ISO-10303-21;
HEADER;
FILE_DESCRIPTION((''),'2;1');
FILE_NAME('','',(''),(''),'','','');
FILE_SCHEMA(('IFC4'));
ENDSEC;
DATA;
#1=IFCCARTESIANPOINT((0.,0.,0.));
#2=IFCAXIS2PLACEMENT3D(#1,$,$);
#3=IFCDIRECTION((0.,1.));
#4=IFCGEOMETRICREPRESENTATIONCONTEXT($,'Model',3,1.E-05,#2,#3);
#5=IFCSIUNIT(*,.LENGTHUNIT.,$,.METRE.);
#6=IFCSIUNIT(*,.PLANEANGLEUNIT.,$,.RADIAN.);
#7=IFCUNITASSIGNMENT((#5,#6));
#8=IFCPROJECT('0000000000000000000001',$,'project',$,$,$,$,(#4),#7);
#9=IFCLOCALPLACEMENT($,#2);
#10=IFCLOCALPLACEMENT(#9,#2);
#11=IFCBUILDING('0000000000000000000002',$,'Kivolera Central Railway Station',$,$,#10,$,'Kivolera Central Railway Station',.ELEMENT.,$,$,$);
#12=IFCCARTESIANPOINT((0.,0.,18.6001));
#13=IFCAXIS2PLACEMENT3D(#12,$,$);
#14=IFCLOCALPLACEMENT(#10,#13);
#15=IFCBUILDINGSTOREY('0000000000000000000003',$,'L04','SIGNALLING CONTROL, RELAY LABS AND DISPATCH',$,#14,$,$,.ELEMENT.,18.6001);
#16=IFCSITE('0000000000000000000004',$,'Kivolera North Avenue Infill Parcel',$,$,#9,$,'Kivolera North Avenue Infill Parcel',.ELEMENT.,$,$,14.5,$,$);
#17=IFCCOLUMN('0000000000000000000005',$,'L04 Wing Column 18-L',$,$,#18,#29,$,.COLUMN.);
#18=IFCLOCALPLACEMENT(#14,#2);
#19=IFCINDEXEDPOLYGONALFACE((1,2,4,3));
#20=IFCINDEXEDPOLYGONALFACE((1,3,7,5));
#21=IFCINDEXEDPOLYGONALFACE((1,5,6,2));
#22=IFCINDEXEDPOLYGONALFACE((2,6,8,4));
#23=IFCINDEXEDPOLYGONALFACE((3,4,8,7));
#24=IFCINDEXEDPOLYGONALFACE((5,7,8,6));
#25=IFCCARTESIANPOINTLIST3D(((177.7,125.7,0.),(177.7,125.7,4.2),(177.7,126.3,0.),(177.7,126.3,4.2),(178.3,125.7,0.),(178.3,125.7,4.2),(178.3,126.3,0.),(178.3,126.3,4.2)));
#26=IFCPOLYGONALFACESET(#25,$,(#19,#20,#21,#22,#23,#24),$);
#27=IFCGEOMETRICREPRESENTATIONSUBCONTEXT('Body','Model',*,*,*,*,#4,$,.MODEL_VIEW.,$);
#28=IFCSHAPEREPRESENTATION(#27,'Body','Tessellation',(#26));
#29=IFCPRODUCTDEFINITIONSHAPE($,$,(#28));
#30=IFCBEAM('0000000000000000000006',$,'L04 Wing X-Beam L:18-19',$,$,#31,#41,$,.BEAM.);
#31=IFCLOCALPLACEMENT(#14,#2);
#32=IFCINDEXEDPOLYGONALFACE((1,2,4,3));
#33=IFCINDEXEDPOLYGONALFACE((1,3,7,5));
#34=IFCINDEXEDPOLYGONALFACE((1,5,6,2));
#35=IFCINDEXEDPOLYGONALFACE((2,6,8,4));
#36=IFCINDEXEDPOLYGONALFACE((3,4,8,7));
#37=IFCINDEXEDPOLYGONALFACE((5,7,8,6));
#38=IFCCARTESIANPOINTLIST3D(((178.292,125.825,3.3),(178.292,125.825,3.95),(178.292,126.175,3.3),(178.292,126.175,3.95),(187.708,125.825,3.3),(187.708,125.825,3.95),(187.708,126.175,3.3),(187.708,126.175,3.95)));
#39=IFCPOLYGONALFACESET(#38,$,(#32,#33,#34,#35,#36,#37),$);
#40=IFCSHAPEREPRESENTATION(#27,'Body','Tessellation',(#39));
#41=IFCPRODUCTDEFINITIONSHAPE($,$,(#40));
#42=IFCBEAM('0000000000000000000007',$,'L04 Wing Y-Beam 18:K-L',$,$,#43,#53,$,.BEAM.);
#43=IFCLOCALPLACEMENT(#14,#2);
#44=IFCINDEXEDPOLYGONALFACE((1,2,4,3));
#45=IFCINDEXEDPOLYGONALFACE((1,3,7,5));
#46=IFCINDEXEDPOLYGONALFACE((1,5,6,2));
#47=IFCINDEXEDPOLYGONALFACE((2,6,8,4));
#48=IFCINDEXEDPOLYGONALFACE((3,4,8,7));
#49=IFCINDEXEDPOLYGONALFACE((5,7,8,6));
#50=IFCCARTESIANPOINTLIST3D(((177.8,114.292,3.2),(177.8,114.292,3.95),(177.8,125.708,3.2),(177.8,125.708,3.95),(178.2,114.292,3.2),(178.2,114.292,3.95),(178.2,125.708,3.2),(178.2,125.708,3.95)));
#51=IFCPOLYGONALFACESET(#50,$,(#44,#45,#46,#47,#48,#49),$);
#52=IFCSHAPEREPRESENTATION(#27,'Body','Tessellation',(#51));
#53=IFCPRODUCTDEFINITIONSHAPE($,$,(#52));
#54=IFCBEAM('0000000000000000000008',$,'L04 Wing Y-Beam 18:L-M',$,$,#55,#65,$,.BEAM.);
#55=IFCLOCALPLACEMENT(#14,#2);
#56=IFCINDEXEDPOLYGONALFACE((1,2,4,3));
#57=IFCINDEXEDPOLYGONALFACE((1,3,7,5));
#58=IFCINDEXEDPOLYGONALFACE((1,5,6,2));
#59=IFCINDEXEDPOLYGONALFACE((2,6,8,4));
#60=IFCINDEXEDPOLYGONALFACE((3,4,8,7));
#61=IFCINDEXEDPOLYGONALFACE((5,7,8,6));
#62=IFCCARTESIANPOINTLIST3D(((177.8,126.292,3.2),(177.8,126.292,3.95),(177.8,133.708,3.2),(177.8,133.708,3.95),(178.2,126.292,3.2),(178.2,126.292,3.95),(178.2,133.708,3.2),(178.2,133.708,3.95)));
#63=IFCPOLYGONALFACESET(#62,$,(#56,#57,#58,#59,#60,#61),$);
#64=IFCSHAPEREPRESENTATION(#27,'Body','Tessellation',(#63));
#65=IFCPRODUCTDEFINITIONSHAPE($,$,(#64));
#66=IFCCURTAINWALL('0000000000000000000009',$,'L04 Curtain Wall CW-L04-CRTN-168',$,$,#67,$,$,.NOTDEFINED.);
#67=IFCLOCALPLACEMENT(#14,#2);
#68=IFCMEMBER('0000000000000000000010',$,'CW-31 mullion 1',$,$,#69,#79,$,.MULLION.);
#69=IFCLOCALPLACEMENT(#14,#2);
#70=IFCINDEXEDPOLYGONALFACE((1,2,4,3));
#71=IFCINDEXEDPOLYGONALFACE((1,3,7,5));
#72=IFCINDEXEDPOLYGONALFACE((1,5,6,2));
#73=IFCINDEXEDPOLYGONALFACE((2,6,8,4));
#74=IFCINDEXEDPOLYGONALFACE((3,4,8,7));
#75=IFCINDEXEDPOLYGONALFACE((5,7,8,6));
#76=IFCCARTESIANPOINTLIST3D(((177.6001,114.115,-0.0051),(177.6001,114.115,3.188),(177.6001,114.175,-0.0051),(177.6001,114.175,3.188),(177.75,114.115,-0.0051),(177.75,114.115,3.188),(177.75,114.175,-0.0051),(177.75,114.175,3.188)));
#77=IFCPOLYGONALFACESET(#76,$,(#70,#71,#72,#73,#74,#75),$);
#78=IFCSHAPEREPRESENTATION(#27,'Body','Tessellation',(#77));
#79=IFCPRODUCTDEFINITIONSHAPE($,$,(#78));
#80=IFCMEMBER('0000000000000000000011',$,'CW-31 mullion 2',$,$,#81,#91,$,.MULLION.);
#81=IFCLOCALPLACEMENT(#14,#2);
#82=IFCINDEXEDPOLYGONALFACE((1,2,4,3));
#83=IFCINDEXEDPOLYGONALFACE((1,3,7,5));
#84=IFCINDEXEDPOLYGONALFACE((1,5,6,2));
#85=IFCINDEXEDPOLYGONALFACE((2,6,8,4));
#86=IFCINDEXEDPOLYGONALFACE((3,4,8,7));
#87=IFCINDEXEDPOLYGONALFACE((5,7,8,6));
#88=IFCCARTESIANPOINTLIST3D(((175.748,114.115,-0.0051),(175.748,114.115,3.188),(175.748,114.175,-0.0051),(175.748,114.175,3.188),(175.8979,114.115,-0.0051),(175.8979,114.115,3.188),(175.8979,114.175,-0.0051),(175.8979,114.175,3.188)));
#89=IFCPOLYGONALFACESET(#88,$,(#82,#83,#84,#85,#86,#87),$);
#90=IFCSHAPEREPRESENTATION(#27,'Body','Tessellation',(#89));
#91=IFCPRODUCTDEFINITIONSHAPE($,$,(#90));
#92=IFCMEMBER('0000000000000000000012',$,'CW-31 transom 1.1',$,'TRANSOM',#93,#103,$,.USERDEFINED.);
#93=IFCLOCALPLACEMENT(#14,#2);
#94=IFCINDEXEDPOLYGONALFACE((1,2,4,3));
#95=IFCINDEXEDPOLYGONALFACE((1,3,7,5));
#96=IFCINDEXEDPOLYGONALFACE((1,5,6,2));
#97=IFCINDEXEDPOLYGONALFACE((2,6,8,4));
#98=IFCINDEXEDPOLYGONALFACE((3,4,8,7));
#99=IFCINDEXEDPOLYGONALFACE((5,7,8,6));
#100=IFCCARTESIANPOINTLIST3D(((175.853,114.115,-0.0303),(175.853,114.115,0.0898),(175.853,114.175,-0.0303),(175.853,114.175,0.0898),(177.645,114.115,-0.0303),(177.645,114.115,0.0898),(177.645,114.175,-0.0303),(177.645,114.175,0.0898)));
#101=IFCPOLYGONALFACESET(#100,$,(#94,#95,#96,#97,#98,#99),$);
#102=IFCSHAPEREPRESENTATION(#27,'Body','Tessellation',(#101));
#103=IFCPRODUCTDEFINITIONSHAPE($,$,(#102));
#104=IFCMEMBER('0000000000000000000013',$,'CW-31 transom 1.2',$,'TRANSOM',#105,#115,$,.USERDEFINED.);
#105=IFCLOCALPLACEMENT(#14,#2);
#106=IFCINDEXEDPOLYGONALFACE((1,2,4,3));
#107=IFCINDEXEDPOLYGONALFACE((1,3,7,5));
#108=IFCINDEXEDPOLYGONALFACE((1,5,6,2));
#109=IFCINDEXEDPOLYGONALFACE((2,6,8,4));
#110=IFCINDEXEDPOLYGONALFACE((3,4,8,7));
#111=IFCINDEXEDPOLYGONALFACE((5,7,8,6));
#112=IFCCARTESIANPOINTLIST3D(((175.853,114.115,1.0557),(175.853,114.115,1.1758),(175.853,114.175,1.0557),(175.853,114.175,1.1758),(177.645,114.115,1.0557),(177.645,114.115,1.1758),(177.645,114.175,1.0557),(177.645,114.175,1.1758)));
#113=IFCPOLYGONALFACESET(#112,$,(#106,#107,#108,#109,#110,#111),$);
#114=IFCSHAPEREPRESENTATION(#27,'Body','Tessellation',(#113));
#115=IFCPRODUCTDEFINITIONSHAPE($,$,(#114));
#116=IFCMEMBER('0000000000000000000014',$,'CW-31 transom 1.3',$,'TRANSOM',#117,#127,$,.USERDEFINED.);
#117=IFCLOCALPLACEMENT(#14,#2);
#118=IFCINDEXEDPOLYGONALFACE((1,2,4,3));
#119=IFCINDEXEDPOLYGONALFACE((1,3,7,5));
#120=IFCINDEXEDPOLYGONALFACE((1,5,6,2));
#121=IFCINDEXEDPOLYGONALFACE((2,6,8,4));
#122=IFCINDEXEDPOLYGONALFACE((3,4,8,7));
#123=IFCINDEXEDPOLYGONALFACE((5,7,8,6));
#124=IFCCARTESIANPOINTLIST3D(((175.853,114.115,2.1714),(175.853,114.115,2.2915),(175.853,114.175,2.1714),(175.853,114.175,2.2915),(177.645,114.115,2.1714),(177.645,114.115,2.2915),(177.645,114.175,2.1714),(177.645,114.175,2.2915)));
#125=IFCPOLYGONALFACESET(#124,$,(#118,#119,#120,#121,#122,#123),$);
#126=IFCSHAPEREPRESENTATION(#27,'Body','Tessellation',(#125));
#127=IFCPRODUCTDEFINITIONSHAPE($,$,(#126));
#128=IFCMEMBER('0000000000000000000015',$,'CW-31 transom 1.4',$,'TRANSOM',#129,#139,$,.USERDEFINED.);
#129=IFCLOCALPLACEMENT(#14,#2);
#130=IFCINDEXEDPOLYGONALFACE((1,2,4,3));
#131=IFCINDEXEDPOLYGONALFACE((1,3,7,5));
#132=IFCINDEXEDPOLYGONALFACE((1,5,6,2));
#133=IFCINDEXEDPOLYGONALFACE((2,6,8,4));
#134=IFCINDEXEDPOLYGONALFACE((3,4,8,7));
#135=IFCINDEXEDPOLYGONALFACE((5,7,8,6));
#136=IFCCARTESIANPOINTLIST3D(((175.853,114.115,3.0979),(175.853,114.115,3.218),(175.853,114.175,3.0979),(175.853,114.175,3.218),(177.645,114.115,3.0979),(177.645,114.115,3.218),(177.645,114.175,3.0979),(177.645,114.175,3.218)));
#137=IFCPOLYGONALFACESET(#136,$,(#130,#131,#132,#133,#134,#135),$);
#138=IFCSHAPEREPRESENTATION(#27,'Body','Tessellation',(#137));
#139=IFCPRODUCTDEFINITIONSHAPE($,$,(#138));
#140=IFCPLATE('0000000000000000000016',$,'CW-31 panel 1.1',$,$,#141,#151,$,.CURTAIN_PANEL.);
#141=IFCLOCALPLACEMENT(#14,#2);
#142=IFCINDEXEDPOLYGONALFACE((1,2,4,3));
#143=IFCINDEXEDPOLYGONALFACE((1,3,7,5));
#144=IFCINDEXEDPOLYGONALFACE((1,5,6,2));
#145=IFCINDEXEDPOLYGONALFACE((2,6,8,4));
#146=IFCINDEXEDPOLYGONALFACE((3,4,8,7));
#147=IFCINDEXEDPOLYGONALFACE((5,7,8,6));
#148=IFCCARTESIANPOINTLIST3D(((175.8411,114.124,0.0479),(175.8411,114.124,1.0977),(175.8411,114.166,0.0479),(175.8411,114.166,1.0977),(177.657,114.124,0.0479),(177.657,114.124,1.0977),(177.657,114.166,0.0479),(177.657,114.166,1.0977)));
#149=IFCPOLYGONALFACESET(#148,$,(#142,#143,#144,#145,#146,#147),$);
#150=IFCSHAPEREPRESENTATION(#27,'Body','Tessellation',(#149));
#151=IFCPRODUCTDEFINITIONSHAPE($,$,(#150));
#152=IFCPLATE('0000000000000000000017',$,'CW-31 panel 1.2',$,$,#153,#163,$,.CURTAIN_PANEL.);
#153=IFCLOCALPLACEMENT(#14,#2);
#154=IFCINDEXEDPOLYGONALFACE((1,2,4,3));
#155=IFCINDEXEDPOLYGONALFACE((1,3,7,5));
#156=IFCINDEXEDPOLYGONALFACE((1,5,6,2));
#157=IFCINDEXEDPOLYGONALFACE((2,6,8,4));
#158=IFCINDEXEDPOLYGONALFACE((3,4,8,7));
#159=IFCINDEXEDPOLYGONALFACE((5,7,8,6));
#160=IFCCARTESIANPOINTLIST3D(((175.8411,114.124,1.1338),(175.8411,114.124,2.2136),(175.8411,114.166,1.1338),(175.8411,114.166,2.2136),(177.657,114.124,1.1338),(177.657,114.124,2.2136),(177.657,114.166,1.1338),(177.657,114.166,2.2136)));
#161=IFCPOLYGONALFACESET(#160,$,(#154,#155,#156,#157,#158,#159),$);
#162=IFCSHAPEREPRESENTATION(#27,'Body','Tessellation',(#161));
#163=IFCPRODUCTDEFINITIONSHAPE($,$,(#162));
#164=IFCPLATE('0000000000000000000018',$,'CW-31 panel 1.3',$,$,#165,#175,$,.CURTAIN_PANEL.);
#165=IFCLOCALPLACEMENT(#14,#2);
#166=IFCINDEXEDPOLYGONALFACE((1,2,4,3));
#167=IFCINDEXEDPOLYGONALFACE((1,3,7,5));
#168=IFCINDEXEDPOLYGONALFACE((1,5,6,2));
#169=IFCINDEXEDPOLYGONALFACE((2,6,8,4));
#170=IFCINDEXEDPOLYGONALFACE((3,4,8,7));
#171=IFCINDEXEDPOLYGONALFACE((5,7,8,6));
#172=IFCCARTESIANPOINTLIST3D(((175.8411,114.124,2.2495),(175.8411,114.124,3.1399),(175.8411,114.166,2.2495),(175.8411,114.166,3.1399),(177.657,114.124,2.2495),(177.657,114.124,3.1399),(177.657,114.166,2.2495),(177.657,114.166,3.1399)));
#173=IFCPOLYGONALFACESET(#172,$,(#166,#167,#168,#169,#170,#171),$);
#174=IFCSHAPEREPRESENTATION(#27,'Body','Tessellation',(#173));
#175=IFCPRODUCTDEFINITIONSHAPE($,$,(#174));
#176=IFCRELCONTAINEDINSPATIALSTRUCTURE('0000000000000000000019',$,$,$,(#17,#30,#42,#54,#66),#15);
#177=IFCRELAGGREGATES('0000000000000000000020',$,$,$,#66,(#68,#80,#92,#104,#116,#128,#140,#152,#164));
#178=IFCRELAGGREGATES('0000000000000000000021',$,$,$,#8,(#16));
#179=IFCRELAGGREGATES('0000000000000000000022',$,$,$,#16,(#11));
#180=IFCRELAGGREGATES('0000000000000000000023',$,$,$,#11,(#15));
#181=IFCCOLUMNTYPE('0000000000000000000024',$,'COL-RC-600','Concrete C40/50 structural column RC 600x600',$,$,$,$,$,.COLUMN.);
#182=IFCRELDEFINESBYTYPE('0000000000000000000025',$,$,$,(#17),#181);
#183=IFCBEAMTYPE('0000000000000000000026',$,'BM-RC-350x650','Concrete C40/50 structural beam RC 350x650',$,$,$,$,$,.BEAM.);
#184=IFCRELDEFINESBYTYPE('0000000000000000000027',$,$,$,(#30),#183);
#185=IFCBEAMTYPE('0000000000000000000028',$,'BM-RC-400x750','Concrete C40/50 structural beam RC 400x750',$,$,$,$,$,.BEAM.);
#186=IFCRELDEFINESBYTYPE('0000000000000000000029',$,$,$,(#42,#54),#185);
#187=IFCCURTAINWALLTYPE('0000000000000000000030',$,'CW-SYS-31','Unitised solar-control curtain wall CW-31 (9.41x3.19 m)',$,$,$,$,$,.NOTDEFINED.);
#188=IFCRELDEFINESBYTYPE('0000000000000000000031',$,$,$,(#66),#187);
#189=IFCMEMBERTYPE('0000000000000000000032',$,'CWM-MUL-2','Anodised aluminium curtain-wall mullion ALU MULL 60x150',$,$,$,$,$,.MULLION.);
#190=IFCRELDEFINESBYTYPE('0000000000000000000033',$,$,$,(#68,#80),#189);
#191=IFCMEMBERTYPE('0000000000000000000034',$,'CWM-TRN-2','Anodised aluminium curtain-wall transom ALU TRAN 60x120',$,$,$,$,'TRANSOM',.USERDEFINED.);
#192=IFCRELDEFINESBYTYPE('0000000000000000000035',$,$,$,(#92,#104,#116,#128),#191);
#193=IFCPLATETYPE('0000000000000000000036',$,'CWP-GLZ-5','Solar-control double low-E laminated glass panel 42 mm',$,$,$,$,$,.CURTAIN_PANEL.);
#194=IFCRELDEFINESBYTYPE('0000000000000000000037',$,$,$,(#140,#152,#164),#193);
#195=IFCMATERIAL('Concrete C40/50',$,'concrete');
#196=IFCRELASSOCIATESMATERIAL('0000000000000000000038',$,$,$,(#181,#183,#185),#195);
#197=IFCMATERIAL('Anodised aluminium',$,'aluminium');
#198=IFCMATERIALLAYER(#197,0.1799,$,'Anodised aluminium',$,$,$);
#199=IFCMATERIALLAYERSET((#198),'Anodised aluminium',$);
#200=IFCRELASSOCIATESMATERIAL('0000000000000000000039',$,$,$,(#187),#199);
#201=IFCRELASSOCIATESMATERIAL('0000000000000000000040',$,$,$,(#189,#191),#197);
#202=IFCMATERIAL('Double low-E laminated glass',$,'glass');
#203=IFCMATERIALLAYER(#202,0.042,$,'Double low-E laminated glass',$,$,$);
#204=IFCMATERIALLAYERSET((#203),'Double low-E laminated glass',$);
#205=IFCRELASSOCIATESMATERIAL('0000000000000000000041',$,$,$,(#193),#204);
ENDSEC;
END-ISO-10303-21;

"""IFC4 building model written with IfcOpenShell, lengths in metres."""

from ifc_helpers import new_model, si_unit, direction, frame, origin, origin_2d, place, context, subcontext, project, spatial, rectangle, extrude, material, layer, layer_set, material_profile, profile_set, type_object, element, aggregate, save


model = new_model("IFC4")

# Units and contexts
model_context = context("Model", 3, precision=1e-05, world=origin(), true_north=direction((0.0, 1.0)))
body_context = subcontext(model_context, "Body", "Model", "MODEL_VIEW")
ifc_project = project(units=[si_unit("LENGTHUNIT", "METRE"), si_unit("PLANEANGLEUNIT", "RADIAN")], contexts=[model_context])

# Site, building, storey
site_placement = place(None, origin())
site = spatial("IfcSite", under=ifc_project, at=site_placement, Name="Kivolera North Avenue Infill Parcel", LongName="Kivolera North Avenue Infill Parcel", CompositionType="ELEMENT", RefElevation=14.5)
building_placement = place(site_placement, origin())
building = spatial("IfcBuilding", under=site, at=building_placement, Name="Kivolera Central Railway Station", LongName="Kivolera Central Railway Station", CompositionType="ELEMENT")
storey_placement = place(building_placement, frame((0.0, 0.0, 18.6001)))
storey = spatial("IfcBuildingStorey", under=building, at=storey_placement, Name="L04", Description="SIGNALLING CONTROL, RELAY LABS AND DISPATCH", CompositionType="ELEMENT", Elevation=18.6001)

# Column
ifc_material_1 = material(Name="Concrete C40/50", Category="concrete")
ifc_material_profile_1 = material_profile(ifc_material_1, rectangle(XDim=0.6001, YDim=0.6001, at=origin_2d()), Name="RC 600x600")
ifc_profile_set_1 = profile_set([ifc_material_profile_1], Name="Concrete C40/50")
column_type = type_object("IfcColumnType", Name="COL-RC-600", Description="Concrete C40/50 structural column RC 600x600", PredefinedType="COLUMN", material=ifc_profile_set_1)
column_placement = place(storey_placement, frame((178.0, 126.0, 0.0), z_axis=(0.0, 0.0, 1.0), x_axis=(1.0, 0.0, 0.0)))
element("IfcColumn", 1, at=column_placement, inside=storey, type_object=column_type, Name="L04 Wing Column 18-L", PredefinedType="COLUMN", context=body_context, shape_type="SweptSolid", body=[
    extrude(rectangle(XDim=0.6001, YDim=0.6001, at=origin_2d()), origin(), (0.0, 0.0, 1.0), 4.2),
])

# Beams
ifc_material_profile_2 = material_profile(ifc_material_1, rectangle(XDim=0.3501, YDim=0.6499, at=origin_2d()), Name="RC 350x650")
ifc_profile_set_2 = profile_set([ifc_material_profile_2], Name="Concrete C40/50")
beam_type_1 = type_object("IfcBeamType", Name="BM-RC-350x650", Description="Concrete C40/50 structural beam RC 350x650", PredefinedType="BEAM", material=ifc_profile_set_2)
beam_1_placement = place(storey_placement, frame((178.292, 126.0, 3.625), z_axis=(1.0, 0.0, 0.0), x_axis=(0.0, 1.0, 0.0)))
element("IfcBeam", 2, at=beam_1_placement, inside=storey, type_object=beam_type_1, Name="L04 Wing X-Beam L:18-19", PredefinedType="BEAM", context=body_context, shape_type="SweptSolid", body=[
    extrude(rectangle(XDim=0.3501, YDim=0.6499, at=origin_2d()), origin(), (0.0, 0.0, 1.0), 9.416),
])
ifc_material_profile_3 = material_profile(ifc_material_1, rectangle(XDim=0.3999, YDim=0.75, at=origin_2d()), Name="RC 400x750")
ifc_profile_set_3 = profile_set([ifc_material_profile_3], Name="Concrete C40/50")
beam_type_2 = type_object("IfcBeamType", Name="BM-RC-400x750", Description="Concrete C40/50 structural beam RC 400x750", PredefinedType="BEAM", material=ifc_profile_set_3)
beam_2_placement = place(storey_placement, frame((178.0, 114.292, 3.575), z_axis=(0.0, 1.0, 0.0), x_axis=(-1.0, 0.0, 0.0)))
element("IfcBeam", 3, at=beam_2_placement, inside=storey, type_object=beam_type_2, Name="L04 Wing Y-Beam 18:K-L", PredefinedType="BEAM", context=body_context, shape_type="SweptSolid", body=[
    extrude(rectangle(XDim=0.3999, YDim=0.75, at=origin_2d()), origin(), (0.0, 0.0, 1.0), 11.416),
])
beam_3_placement = place(storey_placement, frame((178.0, 126.292, 3.575), z_axis=(0.0, 1.0, 0.0), x_axis=(-1.0, 0.0, 0.0)))
element("IfcBeam", 4, at=beam_3_placement, inside=storey, type_object=beam_type_2, Name="L04 Wing Y-Beam 18:L-M", PredefinedType="BEAM", context=body_context, shape_type="SweptSolid", body=[
    extrude(rectangle(XDim=0.3999, YDim=0.75, at=origin_2d()), origin(), (0.0, 0.0, 1.0), 7.416),
])

# Curtain wall, members, plates
ifc_material_2 = material(Name="Anodised aluminium", Category="aluminium")
ifc_layer_1 = layer(ifc_material_2, 0.1799, Name="Anodised aluminium")
ifc_layer_set_1 = layer_set([ifc_layer_1], Name="Anodised aluminium")
curtain_wall_type = type_object("IfcCurtainWallType", Name="CW-SYS-31", Description="Unitised solar-control curtain wall CW-31 (9.41x3.19 m)", PredefinedType="NOTDEFINED", material=ifc_layer_set_1)
curtain_wall_placement = place(storey_placement, origin())
curtain_wall = element("IfcCurtainWall", 5, at=curtain_wall_placement, inside=storey, type_object=curtain_wall_type, Name="L04 Curtain Wall CW-L04-CRTN-168", PredefinedType="NOTDEFINED")
ifc_material_profile_4 = material_profile(ifc_material_2, rectangle(XDim=0.0601, YDim=0.1499, at=origin_2d()), Name="ALU MULL 60x150")
ifc_profile_set_4 = profile_set([ifc_material_profile_4], Name="Anodised aluminium")
member_type_1 = type_object("IfcMemberType", Name="CWM-MUL-2", Description="Anodised aluminium curtain-wall mullion ALU MULL 60x150", PredefinedType="MULLION", material=ifc_profile_set_4)
member_1_placement = place(storey_placement, frame((177.675, 114.145, -0.0051), z_axis=(0.0, 0.0, 1.0), x_axis=(0.0, -1.0, 0.0)))
member_1 = element("IfcMember", 6, at=member_1_placement, type_object=member_type_1, Name="CW-31 mullion 1", PredefinedType="MULLION", context=body_context, shape_type="SweptSolid", body=[
    extrude(rectangle(XDim=0.0601, YDim=0.1499, at=origin_2d()), origin(), (0.0, 0.0, 1.0), 3.1931),
])
member_2_placement = place(storey_placement, frame((175.823, 114.145, -0.0051), z_axis=(0.0, 0.0, 1.0), x_axis=(0.0, -1.0, 0.0)))
member_2 = element("IfcMember", 7, at=member_2_placement, type_object=member_type_1, Name="CW-31 mullion 2", PredefinedType="MULLION", context=body_context, shape_type="SweptSolid", body=[
    extrude(rectangle(XDim=0.0601, YDim=0.1499, at=origin_2d()), origin(), (0.0, 0.0, 1.0), 3.1931),
])
ifc_material_profile_5 = material_profile(ifc_material_2, rectangle(XDim=0.0601, YDim=0.1201, at=origin_2d()), Name="ALU TRAN 60x120")
ifc_profile_set_5 = profile_set([ifc_material_profile_5], Name="Anodised aluminium")
member_type_2 = type_object("IfcMemberType", Name="CWM-TRN-2", Description="Anodised aluminium curtain-wall transom ALU TRAN 60x120", ElementType="TRANSOM", PredefinedType="USERDEFINED", material=ifc_profile_set_5)
member_3_placement = place(storey_placement, frame((177.645, 114.145, 0.0298), z_axis=(-1.0, 0.0, 0.0), x_axis=(0.0, -1.0, 0.0)))
member_3 = element("IfcMember", 8, at=member_3_placement, type_object=member_type_2, Name="CW-31 transom 1.1", ObjectType="TRANSOM", PredefinedType="USERDEFINED", context=body_context, shape_type="SweptSolid", body=[
    extrude(rectangle(XDim=0.0601, YDim=0.1201, at=origin_2d()), origin(), (0.0, 0.0, 1.0), 1.792),
])
member_4_placement = place(storey_placement, frame((177.645, 114.145, 1.1157), z_axis=(-1.0, 0.0, 0.0), x_axis=(0.0, -1.0, 0.0)))
member_4 = element("IfcMember", 9, at=member_4_placement, type_object=member_type_2, Name="CW-31 transom 1.2", ObjectType="TRANSOM", PredefinedType="USERDEFINED", context=body_context, shape_type="SweptSolid", body=[
    extrude(rectangle(XDim=0.0601, YDim=0.1201, at=origin_2d()), origin(), (0.0, 0.0, 1.0), 1.792),
])
member_5_placement = place(storey_placement, frame((177.645, 114.145, 2.2314), z_axis=(-1.0, 0.0, 0.0), x_axis=(0.0, -1.0, 0.0)))
member_5 = element("IfcMember", 10, at=member_5_placement, type_object=member_type_2, Name="CW-31 transom 1.3", ObjectType="TRANSOM", PredefinedType="USERDEFINED", context=body_context, shape_type="SweptSolid", body=[
    extrude(rectangle(XDim=0.0601, YDim=0.1201, at=origin_2d()), origin(), (0.0, 0.0, 1.0), 1.792),
])
member_6_placement = place(storey_placement, frame((177.645, 114.145, 3.158), z_axis=(-1.0, 0.0, 0.0), x_axis=(0.0, -1.0, 0.0)))
member_6 = element("IfcMember", 11, at=member_6_placement, type_object=member_type_2, Name="CW-31 transom 1.4", ObjectType="TRANSOM", PredefinedType="USERDEFINED", context=body_context, shape_type="SweptSolid", body=[
    extrude(rectangle(XDim=0.0601, YDim=0.1201, at=origin_2d()), origin(), (0.0, 0.0, 1.0), 1.792),
])
ifc_material_3 = material(Name="Double low-E laminated glass", Category="glass")
ifc_layer_2 = layer(ifc_material_3, 0.042, Name="Double low-E laminated glass")
ifc_layer_set_2 = layer_set([ifc_layer_2], Name="Double low-E laminated glass")
plate_type = type_object("IfcPlateType", Name="CWP-GLZ-5", Description="Solar-control double low-E laminated glass panel 42 mm", PredefinedType="CURTAIN_PANEL", material=ifc_layer_set_2)
plate_1_placement = place(storey_placement, frame((176.749, 114.145, 0.0479), z_axis=(0.0, 0.0, 1.0), x_axis=(-1.0, 0.0, 0.0)))
plate_1 = element("IfcPlate", 12, at=plate_1_placement, type_object=plate_type, Name="CW-31 panel 1.1", PredefinedType="CURTAIN_PANEL", context=body_context, shape_type="SweptSolid", body=[
    extrude(rectangle(XDim=1.8159, YDim=0.042, at=origin_2d()), origin(), (0.0, 0.0, 1.0), 1.0498),
])
plate_2_placement = place(storey_placement, frame((176.749, 114.145, 1.1338), z_axis=(0.0, 0.0, 1.0), x_axis=(-1.0, 0.0, 0.0)))
plate_2 = element("IfcPlate", 13, at=plate_2_placement, type_object=plate_type, Name="CW-31 panel 1.2", PredefinedType="CURTAIN_PANEL", context=body_context, shape_type="SweptSolid", body=[
    extrude(rectangle(XDim=1.8159, YDim=0.042, at=origin_2d()), origin(), (0.0, 0.0, 1.0), 1.0798),
])
plate_3_placement = place(storey_placement, frame((176.749, 114.145, 2.2495), z_axis=(0.0, 0.0, 1.0), x_axis=(-1.0, 0.0, 0.0)))
plate_3 = element("IfcPlate", 14, at=plate_3_placement, type_object=plate_type, Name="CW-31 panel 1.3", PredefinedType="CURTAIN_PANEL", context=body_context, shape_type="SweptSolid", body=[
    extrude(rectangle(XDim=1.8159, YDim=0.042, at=origin_2d()), origin(), (0.0, 0.0, 1.0), 0.8904),
])
aggregate(curtain_wall, [member_1, member_2, member_3, member_4, member_5, member_6, plate_1, plate_2, plate_3])

save(model, "model.ifc")
